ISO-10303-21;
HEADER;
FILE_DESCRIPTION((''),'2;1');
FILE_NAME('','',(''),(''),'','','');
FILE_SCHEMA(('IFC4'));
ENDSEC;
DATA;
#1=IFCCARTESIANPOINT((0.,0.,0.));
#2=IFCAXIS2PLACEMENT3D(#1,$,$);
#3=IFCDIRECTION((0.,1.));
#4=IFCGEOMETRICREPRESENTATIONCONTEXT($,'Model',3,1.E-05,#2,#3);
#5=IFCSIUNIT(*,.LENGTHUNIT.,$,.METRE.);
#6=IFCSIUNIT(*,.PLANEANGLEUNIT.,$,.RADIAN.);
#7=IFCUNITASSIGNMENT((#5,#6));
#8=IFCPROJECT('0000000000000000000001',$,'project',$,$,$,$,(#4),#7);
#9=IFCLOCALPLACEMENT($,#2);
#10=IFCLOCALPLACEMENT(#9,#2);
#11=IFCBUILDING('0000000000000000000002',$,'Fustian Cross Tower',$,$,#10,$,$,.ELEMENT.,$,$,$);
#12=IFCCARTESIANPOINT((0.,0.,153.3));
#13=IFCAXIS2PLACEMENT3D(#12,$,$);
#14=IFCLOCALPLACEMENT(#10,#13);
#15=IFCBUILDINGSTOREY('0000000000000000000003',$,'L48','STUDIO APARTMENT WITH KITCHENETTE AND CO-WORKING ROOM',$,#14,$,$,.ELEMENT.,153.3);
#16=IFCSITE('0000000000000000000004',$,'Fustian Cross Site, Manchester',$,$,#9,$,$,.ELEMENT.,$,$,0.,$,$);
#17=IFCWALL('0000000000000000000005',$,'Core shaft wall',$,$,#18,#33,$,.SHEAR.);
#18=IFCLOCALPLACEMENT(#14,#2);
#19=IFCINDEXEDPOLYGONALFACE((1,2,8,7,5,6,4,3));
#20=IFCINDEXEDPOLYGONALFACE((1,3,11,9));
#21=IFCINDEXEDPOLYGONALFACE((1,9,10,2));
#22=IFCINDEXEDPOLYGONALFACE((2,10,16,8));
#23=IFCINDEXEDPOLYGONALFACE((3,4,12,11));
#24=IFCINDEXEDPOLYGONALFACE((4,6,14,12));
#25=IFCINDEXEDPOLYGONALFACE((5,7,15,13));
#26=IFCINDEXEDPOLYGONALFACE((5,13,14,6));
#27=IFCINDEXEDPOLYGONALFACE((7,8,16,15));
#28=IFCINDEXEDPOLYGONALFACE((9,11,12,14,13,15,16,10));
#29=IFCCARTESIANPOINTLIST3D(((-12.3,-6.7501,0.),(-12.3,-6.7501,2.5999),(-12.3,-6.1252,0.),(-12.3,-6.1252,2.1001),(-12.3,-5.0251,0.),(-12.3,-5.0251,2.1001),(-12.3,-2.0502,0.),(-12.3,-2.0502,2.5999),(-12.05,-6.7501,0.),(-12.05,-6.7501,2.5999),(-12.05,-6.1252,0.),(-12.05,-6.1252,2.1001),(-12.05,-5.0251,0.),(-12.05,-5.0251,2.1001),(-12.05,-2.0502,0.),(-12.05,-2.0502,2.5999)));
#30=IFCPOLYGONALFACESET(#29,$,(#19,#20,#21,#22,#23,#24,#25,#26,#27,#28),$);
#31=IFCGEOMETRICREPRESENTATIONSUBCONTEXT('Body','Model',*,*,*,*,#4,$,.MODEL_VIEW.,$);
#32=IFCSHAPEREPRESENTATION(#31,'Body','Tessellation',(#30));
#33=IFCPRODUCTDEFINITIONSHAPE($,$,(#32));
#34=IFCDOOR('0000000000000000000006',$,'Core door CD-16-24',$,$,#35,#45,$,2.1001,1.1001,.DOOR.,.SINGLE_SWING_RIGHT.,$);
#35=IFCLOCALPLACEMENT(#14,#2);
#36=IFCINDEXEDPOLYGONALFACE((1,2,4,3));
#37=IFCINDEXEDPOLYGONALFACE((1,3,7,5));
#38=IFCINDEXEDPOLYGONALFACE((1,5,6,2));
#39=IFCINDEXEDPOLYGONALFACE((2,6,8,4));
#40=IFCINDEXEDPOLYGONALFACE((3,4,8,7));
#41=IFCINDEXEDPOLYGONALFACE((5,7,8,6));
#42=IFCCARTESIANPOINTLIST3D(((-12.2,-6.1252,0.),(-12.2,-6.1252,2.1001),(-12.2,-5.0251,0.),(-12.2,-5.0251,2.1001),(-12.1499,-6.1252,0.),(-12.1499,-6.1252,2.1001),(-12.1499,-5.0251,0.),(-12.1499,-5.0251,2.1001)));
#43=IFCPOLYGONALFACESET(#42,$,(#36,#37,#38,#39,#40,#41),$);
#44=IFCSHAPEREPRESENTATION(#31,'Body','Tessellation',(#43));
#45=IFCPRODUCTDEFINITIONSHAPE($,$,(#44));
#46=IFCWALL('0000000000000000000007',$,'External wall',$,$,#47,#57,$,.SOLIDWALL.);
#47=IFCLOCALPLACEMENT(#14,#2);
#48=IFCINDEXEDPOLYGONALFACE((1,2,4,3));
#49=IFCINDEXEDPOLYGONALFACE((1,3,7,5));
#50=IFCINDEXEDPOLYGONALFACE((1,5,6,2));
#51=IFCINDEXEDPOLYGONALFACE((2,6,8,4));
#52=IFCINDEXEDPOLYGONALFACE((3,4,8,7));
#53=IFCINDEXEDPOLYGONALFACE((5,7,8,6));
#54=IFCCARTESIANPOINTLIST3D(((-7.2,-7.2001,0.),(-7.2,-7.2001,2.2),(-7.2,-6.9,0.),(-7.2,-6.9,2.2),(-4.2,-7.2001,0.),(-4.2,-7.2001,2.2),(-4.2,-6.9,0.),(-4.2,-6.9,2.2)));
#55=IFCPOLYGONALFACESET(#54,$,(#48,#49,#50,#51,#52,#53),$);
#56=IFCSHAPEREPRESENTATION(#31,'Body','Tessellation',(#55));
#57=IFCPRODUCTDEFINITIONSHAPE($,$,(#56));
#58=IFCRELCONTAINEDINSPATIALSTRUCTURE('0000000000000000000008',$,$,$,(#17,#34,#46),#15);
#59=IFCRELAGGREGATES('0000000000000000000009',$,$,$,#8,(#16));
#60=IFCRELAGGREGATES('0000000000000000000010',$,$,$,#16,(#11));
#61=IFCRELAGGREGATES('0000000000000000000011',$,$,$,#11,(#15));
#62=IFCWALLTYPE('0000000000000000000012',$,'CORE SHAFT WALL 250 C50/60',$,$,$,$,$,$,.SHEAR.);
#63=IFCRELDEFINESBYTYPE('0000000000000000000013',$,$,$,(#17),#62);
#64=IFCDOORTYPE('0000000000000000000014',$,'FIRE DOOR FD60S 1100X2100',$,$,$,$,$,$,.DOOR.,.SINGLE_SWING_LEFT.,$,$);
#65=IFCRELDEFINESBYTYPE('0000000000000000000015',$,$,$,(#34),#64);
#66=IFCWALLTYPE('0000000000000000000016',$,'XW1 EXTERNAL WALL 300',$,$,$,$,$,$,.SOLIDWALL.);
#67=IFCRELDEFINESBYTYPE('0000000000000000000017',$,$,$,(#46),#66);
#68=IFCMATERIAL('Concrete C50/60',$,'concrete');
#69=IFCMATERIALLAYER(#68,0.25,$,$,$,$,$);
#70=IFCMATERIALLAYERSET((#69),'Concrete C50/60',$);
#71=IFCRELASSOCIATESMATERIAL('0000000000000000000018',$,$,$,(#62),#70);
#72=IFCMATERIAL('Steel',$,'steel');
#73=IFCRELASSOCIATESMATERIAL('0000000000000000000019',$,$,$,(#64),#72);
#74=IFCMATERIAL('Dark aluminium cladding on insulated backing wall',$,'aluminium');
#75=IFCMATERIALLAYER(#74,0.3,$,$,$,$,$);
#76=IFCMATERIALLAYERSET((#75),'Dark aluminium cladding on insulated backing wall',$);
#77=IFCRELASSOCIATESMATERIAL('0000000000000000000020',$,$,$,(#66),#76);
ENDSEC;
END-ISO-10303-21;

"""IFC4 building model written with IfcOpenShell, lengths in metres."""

from ifc_helpers import new_model, si_unit, direction, frame, frame_2d, origin, place, context, subcontext, project, spatial, rectangle, extrude, material, layer, layer_set, type_object, element, fill, save


model = new_model("IFC4")

# Units and contexts
model_context = context("Model", 3, precision=1e-05, world=origin(), true_north=direction((0.0, 1.0)))
body_context = subcontext(model_context, "Body", "Model", "MODEL_VIEW")
ifc_project = project(units=[si_unit("LENGTHUNIT", "METRE"), si_unit("PLANEANGLEUNIT", "RADIAN")], contexts=[model_context])

# Site, building, storey
site_placement = place(None, origin())
site = spatial("IfcSite", under=ifc_project, at=site_placement, Name="Fustian Cross Site, Manchester", CompositionType="ELEMENT", RefElevation=0.0)
building_placement = place(site_placement, origin())
building = spatial("IfcBuilding", under=site, at=building_placement, Name="Fustian Cross Tower", CompositionType="ELEMENT")
storey_placement = place(building_placement, frame((0.0, 0.0, 153.3)))
storey = spatial("IfcBuildingStorey", under=building, at=storey_placement, Name="L48", Description="STUDIO APARTMENT WITH KITCHENETTE AND CO-WORKING ROOM", CompositionType="ELEMENT", Elevation=153.3)

# Shared definitions
ifc_material_1 = material(Name="Concrete C50/60", Category="concrete")
ifc_layer_1 = layer(ifc_material_1, 0.25)
ifc_layer_set_1 = layer_set([ifc_layer_1], Name="Concrete C50/60")
wall_type_1 = type_object("IfcWallType", Name="CORE SHAFT WALL 250 C50/60", PredefinedType="SHEAR", material=ifc_layer_set_1)

# Wall, opening, door
wall_1_placement = place(storey_placement, frame((-12.175, -2.05, 0.0), z_axis=(0.0, 0.0, 1.0), x_axis=(0.0, -1.0, 0.0)))
wall_1 = element("IfcWall", 1, at=wall_1_placement, inside=storey, type_object=wall_type_1, Name="Core shaft wall", PredefinedType="SHEAR", context=body_context, shape_type="SweptSolid", body=[
    extrude(rectangle(XDim=4.7, YDim=0.25, at=frame_2d((2.3501, 0.0))), origin(), (0.0, 0.0, 1.0), 2.5999),
])
opening_1_placement = place(wall_1_placement, frame((2.9751, 0.0, 0.0)))
opening_1 = element("IfcOpeningElement", 2, at=opening_1_placement, cuts=wall_1, PredefinedType="OPENING", context=body_context, shape_type="SweptSolid", body=[
    extrude(rectangle(XDim=1.1001, YDim=2.1001, at=frame_2d((0.55, 1.05))), frame((0.0, 0.135, 0.0), z_axis=(0.0, -1.0, 0.0), x_axis=(1.0, 0.0, 0.0)), (0.0, 0.0, 1.0), 0.27),
])
ifc_material_2 = material(Name="Steel", Category="steel")
door_type_1 = type_object("IfcDoorType", Name="FIRE DOOR FD60S 1100X2100", OperationType="SINGLE_SWING_LEFT", PredefinedType="DOOR", material=ifc_material_2)
door_1_placement = place(opening_1_placement, frame((1.1001, 0.0, 0.0), z_axis=(0.0, 0.0, 1.0), x_axis=(-1.0, 0.0, 0.0)))
door_1 = element("IfcDoor", 3, at=door_1_placement, inside=storey, type_object=door_type_1, Name="Core door CD-16-24", OperationType="SINGLE_SWING_RIGHT", OverallHeight=2.1001, OverallWidth=1.1001, PredefinedType="DOOR", context=body_context, shape_type="SweptSolid", body=[
    extrude(rectangle(XDim=1.1001, YDim=2.1001, at=frame_2d((0.55, 1.05))), frame((0.0, 0.0249, 0.0), z_axis=(0.0, -1.0, 0.0), x_axis=(1.0, 0.0, 0.0)), (0.0, 0.0, 1.0), 0.05),
])
fill(opening_1, door_1)

# Wall
ifc_material_3 = material(Name="Dark aluminium cladding on insulated backing wall", Category="aluminium")
ifc_layer_2 = layer(ifc_material_3, 0.3)
ifc_layer_set_2 = layer_set([ifc_layer_2], Name="Dark aluminium cladding on insulated backing wall")
wall_type_2 = type_object("IfcWallType", Name="XW1 EXTERNAL WALL 300", PredefinedType="SOLIDWALL", material=ifc_layer_set_2)
wall_2_placement = place(storey_placement, frame((-7.2, -7.05, 0.0), z_axis=(0.0, 0.0, 1.0), x_axis=(1.0, 0.0, 0.0)))
element("IfcWall", 4, at=wall_2_placement, inside=storey, type_object=wall_type_2, Name="External wall", PredefinedType="SOLIDWALL", context=body_context, shape_type="SweptSolid", body=[
    extrude(rectangle(XDim=3.0, YDim=0.3, at=frame_2d((1.5, 0.0))), origin(), (0.0, 0.0, 1.0), 2.2),
])

save(model, "model.ifc")
